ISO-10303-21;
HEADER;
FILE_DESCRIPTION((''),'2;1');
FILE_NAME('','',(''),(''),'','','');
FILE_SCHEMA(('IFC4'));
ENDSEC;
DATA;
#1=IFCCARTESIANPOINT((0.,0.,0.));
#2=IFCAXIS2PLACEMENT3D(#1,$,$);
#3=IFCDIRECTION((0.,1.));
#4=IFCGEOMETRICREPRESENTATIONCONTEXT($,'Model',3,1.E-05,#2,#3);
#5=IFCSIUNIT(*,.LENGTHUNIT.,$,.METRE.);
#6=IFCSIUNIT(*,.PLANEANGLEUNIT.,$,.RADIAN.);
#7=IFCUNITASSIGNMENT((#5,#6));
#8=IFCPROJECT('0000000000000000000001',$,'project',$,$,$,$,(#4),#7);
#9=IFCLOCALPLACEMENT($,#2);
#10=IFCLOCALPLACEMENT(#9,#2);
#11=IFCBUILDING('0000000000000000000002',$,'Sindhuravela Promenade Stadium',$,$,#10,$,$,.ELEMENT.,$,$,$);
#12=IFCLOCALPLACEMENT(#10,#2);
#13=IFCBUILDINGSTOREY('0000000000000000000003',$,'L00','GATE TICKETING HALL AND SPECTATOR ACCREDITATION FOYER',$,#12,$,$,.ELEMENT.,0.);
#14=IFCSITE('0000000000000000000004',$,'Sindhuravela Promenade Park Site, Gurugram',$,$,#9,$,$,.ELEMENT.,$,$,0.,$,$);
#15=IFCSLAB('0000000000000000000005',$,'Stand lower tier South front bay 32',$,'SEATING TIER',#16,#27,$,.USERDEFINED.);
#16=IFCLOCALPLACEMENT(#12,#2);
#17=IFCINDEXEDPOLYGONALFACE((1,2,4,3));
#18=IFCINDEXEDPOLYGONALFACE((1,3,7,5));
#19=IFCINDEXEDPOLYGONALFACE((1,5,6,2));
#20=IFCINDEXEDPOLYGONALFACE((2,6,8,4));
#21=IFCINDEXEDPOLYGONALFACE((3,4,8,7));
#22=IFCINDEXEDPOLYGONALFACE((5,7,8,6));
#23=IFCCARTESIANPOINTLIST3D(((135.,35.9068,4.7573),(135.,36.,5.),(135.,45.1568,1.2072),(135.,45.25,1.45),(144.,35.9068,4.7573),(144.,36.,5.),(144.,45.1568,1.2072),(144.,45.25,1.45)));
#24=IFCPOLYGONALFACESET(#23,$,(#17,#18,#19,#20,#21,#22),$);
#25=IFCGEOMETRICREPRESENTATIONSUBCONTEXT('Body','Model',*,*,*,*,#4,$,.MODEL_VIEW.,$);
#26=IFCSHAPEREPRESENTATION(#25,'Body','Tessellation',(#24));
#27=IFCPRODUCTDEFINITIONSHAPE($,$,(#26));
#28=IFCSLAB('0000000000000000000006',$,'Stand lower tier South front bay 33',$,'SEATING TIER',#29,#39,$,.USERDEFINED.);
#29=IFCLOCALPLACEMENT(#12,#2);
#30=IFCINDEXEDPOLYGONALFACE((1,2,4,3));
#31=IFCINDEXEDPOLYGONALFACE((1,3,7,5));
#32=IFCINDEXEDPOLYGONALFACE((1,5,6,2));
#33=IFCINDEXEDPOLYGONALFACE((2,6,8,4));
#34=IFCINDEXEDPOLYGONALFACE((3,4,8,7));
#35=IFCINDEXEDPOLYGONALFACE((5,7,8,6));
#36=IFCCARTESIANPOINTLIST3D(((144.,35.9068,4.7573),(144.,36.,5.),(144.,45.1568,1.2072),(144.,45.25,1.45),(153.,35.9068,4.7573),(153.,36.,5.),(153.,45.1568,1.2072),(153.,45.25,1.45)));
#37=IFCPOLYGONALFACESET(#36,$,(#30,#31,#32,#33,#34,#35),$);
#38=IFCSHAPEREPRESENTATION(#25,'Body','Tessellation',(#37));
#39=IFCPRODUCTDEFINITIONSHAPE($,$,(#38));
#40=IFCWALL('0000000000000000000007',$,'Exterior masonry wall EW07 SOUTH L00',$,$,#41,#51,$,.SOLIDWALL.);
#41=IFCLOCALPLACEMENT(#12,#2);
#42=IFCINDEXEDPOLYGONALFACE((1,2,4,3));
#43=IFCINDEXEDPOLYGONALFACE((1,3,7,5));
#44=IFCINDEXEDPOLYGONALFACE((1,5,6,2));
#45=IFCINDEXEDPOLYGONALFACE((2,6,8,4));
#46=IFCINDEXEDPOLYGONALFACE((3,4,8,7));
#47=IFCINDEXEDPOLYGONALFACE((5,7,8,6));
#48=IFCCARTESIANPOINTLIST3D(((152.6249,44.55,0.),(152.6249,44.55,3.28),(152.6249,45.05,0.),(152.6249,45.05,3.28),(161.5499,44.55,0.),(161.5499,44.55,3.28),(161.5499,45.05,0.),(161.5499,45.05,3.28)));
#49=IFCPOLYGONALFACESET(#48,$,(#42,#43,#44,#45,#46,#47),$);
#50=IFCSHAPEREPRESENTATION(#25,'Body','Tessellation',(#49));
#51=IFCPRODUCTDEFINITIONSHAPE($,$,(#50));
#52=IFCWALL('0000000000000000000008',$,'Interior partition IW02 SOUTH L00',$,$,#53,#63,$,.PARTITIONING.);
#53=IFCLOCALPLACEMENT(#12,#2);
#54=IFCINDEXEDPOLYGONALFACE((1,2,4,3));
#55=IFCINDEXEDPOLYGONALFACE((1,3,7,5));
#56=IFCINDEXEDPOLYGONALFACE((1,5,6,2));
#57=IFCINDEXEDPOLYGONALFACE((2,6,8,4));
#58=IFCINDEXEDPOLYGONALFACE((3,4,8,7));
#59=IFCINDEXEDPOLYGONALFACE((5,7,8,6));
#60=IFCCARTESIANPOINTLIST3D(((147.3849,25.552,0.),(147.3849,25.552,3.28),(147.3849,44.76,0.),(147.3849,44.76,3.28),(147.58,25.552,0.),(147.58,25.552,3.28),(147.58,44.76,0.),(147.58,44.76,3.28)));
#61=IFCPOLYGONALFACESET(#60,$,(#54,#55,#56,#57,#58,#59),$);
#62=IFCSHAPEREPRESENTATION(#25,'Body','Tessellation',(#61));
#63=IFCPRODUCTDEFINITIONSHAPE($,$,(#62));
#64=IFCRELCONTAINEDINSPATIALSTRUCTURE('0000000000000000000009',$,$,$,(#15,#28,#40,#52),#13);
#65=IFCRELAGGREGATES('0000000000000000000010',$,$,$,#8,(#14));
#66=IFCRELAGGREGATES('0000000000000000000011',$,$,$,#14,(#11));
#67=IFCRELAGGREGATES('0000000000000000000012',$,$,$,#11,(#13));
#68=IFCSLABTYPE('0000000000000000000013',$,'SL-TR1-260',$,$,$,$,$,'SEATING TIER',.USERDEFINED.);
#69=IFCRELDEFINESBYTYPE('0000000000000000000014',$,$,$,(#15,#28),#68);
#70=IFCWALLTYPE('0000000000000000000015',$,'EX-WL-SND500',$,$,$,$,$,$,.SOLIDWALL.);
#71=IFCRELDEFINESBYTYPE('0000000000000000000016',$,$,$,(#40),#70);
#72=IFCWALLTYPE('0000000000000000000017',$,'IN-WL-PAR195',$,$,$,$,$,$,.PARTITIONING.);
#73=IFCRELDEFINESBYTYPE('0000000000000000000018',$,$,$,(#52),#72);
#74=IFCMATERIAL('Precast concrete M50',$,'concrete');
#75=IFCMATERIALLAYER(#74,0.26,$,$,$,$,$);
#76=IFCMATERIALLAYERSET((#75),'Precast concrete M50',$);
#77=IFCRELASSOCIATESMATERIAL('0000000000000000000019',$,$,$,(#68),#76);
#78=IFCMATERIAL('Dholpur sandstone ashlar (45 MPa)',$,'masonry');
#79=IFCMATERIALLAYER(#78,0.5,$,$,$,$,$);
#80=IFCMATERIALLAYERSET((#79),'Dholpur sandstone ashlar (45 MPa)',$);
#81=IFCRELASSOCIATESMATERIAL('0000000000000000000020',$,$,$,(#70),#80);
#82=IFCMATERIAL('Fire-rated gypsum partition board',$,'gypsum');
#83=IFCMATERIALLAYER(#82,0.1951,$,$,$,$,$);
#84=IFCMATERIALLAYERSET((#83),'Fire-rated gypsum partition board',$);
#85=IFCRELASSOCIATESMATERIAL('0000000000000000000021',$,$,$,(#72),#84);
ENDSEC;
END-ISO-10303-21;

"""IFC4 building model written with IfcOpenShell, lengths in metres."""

from ifc_helpers import new_model, si_unit, direction, frame, frame_2d, origin, place, context, subcontext, project, spatial, polyline, rectangle, outline, extrude, material, layer, layer_set, type_object, element, save


model = new_model("IFC4")

# Units and contexts
model_context = context("Model", 3, precision=1e-05, world=origin(), true_north=direction((0.0, 1.0)))
body_context = subcontext(model_context, "Body", "Model", "MODEL_VIEW")
ifc_project = project(units=[si_unit("LENGTHUNIT", "METRE"), si_unit("PLANEANGLEUNIT", "RADIAN")], contexts=[model_context])

# Site, building, storey
site_placement = place(None, origin())
site = spatial("IfcSite", under=ifc_project, at=site_placement, Name="Sindhuravela Promenade Park Site, Gurugram", CompositionType="ELEMENT", RefElevation=0.0)
building_placement = place(site_placement, origin())
building = spatial("IfcBuilding", under=site, at=building_placement, Name="Sindhuravela Promenade Stadium", CompositionType="ELEMENT")
storey_placement = place(building_placement, origin())
storey = spatial("IfcBuildingStorey", under=building, at=storey_placement, Name="L00", Description="GATE TICKETING HALL AND SPECTATOR ACCREDITATION FOYER", CompositionType="ELEMENT", Elevation=0.0)

# Slabs
ifc_material_1 = material(Name="Precast concrete M50", Category="concrete")
ifc_layer_1 = layer(ifc_material_1, 0.26)
ifc_layer_set_1 = layer_set([ifc_layer_1], Name="Precast concrete M50")
slab_type = type_object("IfcSlabType", Name="SL-TR1-260", ElementType="SEATING TIER", PredefinedType="USERDEFINED", material=ifc_layer_set_1)
for number, where, z_axis, x_axis, name in (
    (1, (144.0, 45.25, 1.45), (0.0, 0.358307, 0.933604), (-1.0, 0.0, 0.0), "Stand lower tier South front bay 32"),
    (2, (153.0, 45.25, 1.45), (0.0, 0.358307, 0.933604), (-1.0, 0.0, 0.0), "Stand lower tier South front bay 33"),
):
    element("IfcSlab", number, at=place(storey_placement, frame(where, z_axis=z_axis, x_axis=x_axis)), inside=storey, type_object=slab_type, Name=name, ObjectType="SEATING TIER", PredefinedType="USERDEFINED", context=body_context, shape_type="SweptSolid", body=[
        extrude(outline(polyline([(0.0, 0.0), (9.0, 0.0), (9.0, 9.9078), (0.0, 9.9078), (0.0, 0.0)])), origin(), (0.0, 0.0, -1.0), 0.26),
    ])

# Walls
ifc_material_2 = material(Name="Dholpur sandstone ashlar (45 MPa)", Category="masonry")
ifc_layer_2 = layer(ifc_material_2, 0.5)
ifc_layer_set_2 = layer_set([ifc_layer_2], Name="Dholpur sandstone ashlar (45 MPa)")
wall_type_1 = type_object("IfcWallType", Name="EX-WL-SND500", PredefinedType="SOLIDWALL", material=ifc_layer_set_2)
wall_1_placement = place(storey_placement, frame((152.625, 44.8, 0.0), z_axis=(0.0, 0.0, 1.0), x_axis=(1.0, 0.0, 0.0)))
element("IfcWall", 3, at=wall_1_placement, inside=storey, type_object=wall_type_1, Name="Exterior masonry wall EW07 SOUTH L00", PredefinedType="SOLIDWALL", context=body_context, shape_type="SweptSolid", body=[
    extrude(rectangle(XDim=8.925, YDim=0.5, at=frame_2d((4.4624, 0.0))), origin(), (0.0, 0.0, 1.0), 3.28),
])
ifc_material_3 = material(Name="Fire-rated gypsum partition board", Category="gypsum")
ifc_layer_3 = layer(ifc_material_3, 0.1951)
ifc_layer_set_3 = layer_set([ifc_layer_3], Name="Fire-rated gypsum partition board")
wall_type_2 = type_object("IfcWallType", Name="IN-WL-PAR195", PredefinedType="PARTITIONING", material=ifc_layer_set_3)
wall_2_placement = place(storey_placement, frame((147.4824, 25.552, 0.0), z_axis=(0.0, 0.0, 1.0), x_axis=(0.0, 1.0, 0.0)))
element("IfcWall", 4, at=wall_2_placement, inside=storey, type_object=wall_type_2, Name="Interior partition IW02 SOUTH L00", PredefinedType="PARTITIONING", context=body_context, shape_type="SweptSolid", body=[
    extrude(rectangle(XDim=19.208, YDim=0.1951, at=frame_2d((9.604, 0.0))), origin(), (0.0, 0.0, 1.0), 3.28),
])

save(model, "model.ifc")
